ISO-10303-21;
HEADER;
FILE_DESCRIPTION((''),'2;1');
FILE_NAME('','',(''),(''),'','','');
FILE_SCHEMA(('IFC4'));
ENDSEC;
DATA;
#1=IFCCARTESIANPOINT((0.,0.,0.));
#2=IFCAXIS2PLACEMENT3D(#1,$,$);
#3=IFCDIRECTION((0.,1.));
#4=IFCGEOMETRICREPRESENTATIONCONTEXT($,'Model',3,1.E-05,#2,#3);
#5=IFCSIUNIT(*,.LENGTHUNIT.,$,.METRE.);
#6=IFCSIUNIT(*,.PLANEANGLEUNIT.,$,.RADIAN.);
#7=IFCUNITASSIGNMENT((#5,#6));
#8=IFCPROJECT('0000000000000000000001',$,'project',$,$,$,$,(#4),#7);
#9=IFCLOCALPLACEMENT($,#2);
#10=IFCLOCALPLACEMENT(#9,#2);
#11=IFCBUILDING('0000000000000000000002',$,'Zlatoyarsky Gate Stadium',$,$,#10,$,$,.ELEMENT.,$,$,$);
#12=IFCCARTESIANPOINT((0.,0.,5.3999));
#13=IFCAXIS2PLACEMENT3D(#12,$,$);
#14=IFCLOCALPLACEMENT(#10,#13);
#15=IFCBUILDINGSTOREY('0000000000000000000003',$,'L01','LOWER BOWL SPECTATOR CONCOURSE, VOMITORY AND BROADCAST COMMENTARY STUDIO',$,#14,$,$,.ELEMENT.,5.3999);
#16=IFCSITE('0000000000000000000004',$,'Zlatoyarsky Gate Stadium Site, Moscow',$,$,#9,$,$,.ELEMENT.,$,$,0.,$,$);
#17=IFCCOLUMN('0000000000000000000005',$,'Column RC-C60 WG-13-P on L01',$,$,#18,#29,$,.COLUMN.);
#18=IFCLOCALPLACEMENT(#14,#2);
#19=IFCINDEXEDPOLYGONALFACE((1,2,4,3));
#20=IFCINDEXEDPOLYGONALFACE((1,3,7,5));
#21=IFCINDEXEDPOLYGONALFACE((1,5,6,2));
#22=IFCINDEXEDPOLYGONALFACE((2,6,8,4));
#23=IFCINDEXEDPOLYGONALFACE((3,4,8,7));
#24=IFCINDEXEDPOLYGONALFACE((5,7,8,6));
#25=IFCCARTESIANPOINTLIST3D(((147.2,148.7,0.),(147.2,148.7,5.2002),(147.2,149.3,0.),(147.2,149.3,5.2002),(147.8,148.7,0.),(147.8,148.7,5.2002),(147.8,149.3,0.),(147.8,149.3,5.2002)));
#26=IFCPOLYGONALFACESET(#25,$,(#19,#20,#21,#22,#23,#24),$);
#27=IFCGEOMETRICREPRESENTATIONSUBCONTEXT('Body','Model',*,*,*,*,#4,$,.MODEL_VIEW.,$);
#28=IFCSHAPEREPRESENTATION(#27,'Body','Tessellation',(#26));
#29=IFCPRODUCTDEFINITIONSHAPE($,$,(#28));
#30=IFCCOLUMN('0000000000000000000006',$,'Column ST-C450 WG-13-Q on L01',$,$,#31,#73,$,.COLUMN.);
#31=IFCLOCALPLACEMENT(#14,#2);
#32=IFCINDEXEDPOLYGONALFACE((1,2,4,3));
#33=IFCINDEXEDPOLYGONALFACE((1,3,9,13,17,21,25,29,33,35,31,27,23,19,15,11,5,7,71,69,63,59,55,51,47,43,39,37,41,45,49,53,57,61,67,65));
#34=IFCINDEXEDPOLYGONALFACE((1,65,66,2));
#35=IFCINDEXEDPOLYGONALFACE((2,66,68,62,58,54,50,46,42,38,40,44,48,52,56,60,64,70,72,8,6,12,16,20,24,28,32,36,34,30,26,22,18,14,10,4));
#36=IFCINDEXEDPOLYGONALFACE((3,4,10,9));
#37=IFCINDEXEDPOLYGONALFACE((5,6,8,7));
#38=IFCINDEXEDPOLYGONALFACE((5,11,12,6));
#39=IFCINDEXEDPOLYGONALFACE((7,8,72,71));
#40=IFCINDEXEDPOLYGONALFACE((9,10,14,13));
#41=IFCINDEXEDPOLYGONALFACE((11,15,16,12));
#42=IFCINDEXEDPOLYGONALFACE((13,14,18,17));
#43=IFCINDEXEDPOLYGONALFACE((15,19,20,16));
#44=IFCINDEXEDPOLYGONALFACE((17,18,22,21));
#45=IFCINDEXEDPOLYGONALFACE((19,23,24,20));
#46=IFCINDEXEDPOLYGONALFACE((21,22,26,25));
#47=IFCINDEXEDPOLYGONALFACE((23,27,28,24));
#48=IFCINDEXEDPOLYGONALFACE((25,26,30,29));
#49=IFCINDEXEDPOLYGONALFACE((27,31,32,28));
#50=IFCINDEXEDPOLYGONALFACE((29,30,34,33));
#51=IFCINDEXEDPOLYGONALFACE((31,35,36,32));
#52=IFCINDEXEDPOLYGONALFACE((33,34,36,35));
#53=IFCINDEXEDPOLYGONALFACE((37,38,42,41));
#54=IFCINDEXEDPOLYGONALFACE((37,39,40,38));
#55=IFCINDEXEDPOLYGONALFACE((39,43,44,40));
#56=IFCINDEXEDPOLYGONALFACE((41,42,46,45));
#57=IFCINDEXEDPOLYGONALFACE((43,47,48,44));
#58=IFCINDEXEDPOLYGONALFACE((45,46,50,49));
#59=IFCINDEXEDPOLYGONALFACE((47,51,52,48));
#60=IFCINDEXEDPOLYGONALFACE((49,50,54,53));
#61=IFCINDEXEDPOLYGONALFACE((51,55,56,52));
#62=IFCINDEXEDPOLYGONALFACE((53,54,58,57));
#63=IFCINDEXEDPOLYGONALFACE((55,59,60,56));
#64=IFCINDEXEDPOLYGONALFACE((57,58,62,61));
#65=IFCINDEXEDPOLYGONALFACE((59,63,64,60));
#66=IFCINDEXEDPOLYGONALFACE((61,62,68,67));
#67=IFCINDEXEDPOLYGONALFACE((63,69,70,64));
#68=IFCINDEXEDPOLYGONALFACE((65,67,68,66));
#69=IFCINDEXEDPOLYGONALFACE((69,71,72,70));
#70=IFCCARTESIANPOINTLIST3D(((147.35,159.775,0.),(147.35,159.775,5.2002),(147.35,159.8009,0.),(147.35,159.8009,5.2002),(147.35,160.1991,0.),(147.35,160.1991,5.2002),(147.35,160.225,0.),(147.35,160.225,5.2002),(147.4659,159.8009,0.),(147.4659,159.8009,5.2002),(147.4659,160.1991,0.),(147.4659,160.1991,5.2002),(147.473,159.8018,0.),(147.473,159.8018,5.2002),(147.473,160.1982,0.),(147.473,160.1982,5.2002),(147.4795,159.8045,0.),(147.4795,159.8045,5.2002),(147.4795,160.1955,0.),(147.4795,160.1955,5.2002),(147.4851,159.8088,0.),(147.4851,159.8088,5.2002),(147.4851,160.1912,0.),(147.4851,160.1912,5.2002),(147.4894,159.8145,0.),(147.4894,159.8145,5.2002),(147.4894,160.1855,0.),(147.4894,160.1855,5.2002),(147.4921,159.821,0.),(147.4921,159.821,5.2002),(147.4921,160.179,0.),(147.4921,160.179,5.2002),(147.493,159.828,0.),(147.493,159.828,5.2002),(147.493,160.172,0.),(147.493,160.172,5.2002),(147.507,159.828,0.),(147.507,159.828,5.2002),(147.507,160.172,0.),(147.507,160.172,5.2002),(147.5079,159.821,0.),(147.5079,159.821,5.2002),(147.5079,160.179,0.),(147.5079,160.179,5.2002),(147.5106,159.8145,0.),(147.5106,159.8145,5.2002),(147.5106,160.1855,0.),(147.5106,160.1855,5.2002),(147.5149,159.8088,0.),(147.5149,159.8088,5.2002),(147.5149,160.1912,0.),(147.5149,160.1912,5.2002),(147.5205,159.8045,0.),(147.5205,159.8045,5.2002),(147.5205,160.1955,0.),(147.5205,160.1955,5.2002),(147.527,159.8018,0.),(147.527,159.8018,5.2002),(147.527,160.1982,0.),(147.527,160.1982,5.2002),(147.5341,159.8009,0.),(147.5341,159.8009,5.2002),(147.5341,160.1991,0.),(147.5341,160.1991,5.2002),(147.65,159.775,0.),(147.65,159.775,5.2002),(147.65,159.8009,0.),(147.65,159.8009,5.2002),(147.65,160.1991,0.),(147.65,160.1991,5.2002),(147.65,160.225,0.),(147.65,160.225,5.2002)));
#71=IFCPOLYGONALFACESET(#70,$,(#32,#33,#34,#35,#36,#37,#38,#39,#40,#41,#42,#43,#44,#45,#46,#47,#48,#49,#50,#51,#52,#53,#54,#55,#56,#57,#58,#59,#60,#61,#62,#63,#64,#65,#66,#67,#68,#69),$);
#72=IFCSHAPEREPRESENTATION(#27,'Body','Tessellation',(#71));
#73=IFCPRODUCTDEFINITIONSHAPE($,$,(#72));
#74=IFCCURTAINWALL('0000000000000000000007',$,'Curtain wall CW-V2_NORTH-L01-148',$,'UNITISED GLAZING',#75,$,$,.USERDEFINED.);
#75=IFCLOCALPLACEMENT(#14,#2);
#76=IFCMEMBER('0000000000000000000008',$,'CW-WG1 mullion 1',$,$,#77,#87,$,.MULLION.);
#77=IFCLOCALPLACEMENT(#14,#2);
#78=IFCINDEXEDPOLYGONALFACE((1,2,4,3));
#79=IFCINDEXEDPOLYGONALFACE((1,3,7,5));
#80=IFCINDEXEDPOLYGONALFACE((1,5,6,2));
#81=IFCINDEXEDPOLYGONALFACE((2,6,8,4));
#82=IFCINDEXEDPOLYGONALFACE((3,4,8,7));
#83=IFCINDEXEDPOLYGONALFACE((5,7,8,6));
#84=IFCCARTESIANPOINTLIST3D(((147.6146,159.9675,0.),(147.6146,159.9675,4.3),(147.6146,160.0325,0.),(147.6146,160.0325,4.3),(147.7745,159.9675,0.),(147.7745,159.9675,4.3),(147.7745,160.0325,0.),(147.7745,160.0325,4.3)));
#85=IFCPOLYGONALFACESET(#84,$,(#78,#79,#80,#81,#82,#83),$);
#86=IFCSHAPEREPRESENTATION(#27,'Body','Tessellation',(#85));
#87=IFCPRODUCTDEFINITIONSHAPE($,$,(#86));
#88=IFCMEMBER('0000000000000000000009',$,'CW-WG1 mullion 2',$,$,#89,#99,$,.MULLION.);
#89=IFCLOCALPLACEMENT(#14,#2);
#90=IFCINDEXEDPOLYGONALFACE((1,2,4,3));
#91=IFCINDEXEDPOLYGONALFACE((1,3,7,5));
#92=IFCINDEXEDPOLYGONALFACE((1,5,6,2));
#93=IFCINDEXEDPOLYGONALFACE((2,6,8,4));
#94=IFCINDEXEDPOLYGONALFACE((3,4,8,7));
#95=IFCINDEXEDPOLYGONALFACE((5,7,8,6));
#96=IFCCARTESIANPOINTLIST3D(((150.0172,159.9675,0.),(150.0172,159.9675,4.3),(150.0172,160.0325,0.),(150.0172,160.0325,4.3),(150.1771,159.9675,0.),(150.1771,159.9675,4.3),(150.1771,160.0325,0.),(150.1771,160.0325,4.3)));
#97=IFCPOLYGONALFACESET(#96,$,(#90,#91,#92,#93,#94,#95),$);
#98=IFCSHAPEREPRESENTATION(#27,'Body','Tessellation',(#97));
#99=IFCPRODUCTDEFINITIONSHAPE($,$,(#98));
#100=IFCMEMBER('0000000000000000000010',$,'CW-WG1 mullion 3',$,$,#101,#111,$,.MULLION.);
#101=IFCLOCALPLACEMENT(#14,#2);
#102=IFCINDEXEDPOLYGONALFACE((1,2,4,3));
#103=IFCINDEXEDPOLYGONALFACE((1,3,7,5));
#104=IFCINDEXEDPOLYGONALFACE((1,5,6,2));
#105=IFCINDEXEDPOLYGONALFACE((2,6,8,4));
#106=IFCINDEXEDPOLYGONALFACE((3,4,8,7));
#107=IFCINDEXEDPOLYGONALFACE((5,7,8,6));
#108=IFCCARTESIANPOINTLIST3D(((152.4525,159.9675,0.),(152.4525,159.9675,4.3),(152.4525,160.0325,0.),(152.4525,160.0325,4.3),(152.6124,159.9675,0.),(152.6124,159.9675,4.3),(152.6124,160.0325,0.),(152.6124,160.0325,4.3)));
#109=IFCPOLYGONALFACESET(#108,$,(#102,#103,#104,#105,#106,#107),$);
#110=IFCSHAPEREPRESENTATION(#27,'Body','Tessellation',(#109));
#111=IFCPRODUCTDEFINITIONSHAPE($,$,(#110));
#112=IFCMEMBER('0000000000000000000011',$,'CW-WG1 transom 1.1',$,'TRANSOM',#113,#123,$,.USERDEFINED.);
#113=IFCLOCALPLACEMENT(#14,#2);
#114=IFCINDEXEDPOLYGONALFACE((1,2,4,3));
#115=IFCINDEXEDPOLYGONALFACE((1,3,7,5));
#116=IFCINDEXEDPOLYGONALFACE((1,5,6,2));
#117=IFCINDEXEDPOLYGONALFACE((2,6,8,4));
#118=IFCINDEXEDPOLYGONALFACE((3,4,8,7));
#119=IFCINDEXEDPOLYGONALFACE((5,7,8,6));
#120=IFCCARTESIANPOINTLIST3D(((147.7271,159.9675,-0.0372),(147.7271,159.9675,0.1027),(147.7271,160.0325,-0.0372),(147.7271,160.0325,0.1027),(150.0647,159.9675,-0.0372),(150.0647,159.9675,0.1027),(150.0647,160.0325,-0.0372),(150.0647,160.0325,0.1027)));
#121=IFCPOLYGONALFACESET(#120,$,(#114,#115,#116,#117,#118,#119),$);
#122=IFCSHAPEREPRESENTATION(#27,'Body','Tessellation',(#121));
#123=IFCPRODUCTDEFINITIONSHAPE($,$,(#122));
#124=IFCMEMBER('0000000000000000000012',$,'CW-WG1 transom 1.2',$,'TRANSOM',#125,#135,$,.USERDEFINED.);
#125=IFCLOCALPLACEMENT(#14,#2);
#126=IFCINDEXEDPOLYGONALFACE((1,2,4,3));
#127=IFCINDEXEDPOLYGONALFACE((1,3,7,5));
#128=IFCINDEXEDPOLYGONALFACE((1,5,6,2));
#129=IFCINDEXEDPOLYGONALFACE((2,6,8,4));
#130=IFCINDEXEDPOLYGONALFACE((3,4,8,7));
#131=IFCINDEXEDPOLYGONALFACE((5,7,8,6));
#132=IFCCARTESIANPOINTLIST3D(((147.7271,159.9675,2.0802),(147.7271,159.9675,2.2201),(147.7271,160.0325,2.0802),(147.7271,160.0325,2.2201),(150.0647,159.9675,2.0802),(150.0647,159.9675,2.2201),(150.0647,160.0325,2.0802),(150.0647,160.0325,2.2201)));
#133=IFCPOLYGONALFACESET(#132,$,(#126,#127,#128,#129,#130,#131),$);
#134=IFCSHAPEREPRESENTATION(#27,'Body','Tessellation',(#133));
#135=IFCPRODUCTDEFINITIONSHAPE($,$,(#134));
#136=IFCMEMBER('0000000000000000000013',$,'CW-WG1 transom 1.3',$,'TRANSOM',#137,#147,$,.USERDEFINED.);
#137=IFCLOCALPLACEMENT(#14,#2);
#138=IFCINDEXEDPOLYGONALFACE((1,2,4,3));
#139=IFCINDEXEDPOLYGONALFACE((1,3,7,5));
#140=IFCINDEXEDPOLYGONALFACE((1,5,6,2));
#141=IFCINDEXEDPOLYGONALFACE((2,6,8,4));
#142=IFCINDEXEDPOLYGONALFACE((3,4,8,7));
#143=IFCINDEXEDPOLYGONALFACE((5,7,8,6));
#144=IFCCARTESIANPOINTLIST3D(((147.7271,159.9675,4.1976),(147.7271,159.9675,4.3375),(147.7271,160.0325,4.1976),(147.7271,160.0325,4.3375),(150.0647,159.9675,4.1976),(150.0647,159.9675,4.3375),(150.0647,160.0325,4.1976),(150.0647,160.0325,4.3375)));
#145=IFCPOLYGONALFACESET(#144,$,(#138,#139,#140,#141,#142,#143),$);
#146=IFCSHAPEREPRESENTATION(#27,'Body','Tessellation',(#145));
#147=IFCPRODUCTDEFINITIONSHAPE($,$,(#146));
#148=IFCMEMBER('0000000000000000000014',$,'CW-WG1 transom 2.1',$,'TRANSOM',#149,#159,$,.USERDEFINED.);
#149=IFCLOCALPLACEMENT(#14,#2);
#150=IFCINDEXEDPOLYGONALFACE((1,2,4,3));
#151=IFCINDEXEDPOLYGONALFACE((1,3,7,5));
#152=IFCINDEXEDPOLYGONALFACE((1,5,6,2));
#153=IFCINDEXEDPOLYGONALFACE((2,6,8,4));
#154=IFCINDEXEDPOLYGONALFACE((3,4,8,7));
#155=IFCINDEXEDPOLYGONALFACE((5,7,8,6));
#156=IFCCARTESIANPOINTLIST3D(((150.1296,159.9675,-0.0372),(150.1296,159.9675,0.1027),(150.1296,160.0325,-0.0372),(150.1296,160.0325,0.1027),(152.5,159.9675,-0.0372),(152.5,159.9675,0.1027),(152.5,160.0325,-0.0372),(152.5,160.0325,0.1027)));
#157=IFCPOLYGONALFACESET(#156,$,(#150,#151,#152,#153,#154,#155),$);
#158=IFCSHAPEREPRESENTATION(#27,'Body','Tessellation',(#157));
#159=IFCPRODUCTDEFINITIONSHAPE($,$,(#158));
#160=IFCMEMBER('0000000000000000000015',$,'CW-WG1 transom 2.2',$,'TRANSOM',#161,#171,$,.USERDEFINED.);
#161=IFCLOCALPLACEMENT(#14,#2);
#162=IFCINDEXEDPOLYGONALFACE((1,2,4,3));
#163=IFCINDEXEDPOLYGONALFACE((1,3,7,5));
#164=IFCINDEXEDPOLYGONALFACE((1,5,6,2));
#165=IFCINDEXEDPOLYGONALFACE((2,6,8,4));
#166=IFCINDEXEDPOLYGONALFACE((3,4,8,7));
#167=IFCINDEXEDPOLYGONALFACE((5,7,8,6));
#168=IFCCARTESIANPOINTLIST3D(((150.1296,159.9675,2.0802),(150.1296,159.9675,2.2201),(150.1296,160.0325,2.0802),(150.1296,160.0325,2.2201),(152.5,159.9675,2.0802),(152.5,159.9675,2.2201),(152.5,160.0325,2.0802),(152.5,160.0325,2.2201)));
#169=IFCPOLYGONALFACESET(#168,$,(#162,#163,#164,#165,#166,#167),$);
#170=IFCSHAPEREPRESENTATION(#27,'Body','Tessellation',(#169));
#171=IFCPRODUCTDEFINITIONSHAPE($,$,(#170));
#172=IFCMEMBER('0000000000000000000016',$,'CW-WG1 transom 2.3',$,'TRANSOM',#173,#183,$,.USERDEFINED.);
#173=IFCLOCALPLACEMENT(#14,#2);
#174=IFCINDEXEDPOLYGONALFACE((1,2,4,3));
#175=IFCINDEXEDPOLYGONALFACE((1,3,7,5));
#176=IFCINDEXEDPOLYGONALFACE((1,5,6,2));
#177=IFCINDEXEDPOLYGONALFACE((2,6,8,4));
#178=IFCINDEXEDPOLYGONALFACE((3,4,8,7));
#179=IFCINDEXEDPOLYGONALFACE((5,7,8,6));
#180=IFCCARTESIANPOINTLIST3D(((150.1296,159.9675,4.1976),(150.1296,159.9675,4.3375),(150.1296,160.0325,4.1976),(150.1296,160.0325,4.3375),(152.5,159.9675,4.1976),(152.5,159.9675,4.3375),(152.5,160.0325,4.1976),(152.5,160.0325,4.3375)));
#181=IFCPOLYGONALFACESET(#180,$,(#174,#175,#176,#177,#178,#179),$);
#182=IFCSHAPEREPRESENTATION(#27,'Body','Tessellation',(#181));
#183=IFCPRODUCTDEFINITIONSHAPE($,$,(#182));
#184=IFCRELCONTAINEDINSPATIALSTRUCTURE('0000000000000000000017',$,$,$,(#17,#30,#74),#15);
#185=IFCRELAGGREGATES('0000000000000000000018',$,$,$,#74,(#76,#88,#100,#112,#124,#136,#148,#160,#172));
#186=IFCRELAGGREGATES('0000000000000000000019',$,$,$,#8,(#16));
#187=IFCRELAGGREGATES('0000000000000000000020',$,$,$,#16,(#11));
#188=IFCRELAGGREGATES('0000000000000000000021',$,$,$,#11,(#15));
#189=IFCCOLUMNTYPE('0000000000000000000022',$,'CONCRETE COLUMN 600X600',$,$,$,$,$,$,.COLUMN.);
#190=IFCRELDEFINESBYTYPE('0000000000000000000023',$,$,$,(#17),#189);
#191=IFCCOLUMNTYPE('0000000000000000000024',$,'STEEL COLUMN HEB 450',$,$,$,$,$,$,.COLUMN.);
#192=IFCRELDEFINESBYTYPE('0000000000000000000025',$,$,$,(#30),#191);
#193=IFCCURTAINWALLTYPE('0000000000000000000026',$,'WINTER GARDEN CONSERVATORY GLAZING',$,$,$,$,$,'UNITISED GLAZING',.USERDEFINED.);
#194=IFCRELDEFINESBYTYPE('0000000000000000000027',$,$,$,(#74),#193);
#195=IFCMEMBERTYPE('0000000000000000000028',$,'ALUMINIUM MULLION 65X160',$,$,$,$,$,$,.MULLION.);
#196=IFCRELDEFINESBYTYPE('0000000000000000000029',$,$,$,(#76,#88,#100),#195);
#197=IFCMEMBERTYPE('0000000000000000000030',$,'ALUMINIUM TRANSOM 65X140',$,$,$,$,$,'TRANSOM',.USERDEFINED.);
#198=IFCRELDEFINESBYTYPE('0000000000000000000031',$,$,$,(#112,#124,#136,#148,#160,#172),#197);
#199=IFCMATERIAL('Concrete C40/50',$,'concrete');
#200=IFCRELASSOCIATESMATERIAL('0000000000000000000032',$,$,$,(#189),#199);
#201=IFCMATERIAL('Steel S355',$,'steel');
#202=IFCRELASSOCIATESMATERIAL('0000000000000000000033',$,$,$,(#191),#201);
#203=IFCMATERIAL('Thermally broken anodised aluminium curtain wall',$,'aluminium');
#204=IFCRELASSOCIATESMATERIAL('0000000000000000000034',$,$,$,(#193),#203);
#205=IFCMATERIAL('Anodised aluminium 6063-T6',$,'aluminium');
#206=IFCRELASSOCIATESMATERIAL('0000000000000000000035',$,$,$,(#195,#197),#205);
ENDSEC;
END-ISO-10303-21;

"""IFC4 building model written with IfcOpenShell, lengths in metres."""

from ifc_helpers import new_model, si_unit, direction, frame, origin, origin_2d, place, context, subcontext, project, spatial, rectangle, i_section, extrude, material, material_profile, profile_set, type_object, element, aggregate, save


model = new_model("IFC4")

# Units and contexts
model_context = context("Model", 3, precision=1e-05, world=origin(), true_north=direction((0.0, 1.0)))
body_context = subcontext(model_context, "Body", "Model", "MODEL_VIEW")
ifc_project = project(units=[si_unit("LENGTHUNIT", "METRE"), si_unit("PLANEANGLEUNIT", "RADIAN")], contexts=[model_context])

# Site, building, storey
site_placement = place(None, origin())
site = spatial("IfcSite", under=ifc_project, at=site_placement, Name="Zlatoyarsky Gate Stadium Site, Moscow", CompositionType="ELEMENT", RefElevation=0.0)
building_placement = place(site_placement, origin())
building = spatial("IfcBuilding", under=site, at=building_placement, Name="Zlatoyarsky Gate Stadium", CompositionType="ELEMENT")
storey_placement = place(building_placement, frame((0.0, 0.0, 5.3999)))
storey = spatial("IfcBuildingStorey", under=building, at=storey_placement, Name="L01", Description="LOWER BOWL SPECTATOR CONCOURSE, VOMITORY AND BROADCAST COMMENTARY STUDIO", CompositionType="ELEMENT", Elevation=5.3999)

# Columns
ifc_material_1 = material(Name="Concrete C40/50", Category="concrete")
ifc_material_profile_1 = material_profile(ifc_material_1, rectangle(XDim=0.6001, YDim=0.6001, at=origin_2d()), Name="RC COL 600X600")
ifc_profile_set_1 = profile_set([ifc_material_profile_1], Name="Concrete C40/50")
column_type_1 = type_object("IfcColumnType", Name="CONCRETE COLUMN 600X600", PredefinedType="COLUMN", material=ifc_profile_set_1)
column_1_placement = place(storey_placement, frame((147.5, 149.0, 0.0), z_axis=(0.0, 0.0, 1.0), x_axis=(1.0, 0.0, 0.0)))
element("IfcColumn", 1, at=column_1_placement, inside=storey, type_object=column_type_1, Name="Column RC-C60 WG-13-P on L01", PredefinedType="COLUMN", context=body_context, shape_type="SweptSolid", body=[
    extrude(rectangle(XDim=0.6001, YDim=0.6001, at=origin_2d()), origin(), (0.0, 0.0, 1.0), 5.2002),
])
ifc_material_2 = material(Name="Steel S355", Category="steel")
ifc_material_profile_2 = material_profile(ifc_material_2, i_section(OverallWidth=0.3, OverallDepth=0.45, WebThickness=0.0139, FlangeThickness=0.0259, FilletRadius=0.0271, at=origin_2d()), Name="HEB 450")
ifc_profile_set_2 = profile_set([ifc_material_profile_2], Name="Steel S355")
column_type_2 = type_object("IfcColumnType", Name="STEEL COLUMN HEB 450", PredefinedType="COLUMN", material=ifc_profile_set_2)
column_2_placement = place(storey_placement, frame((147.5, 160.0, 0.0), z_axis=(0.0, 0.0, 1.0), x_axis=(1.0, 0.0, 0.0)))
element("IfcColumn", 2, at=column_2_placement, inside=storey, type_object=column_type_2, Name="Column ST-C450 WG-13-Q on L01", PredefinedType="COLUMN", context=body_context, shape_type="SweptSolid", body=[
    extrude(i_section(OverallWidth=0.3, OverallDepth=0.45, WebThickness=0.0139, FlangeThickness=0.0259, FilletRadius=0.0271, at=origin_2d()), origin(), (0.0, 0.0, 1.0), 5.2002),
])

# Curtain wall, members
ifc_material_3 = material(Name="Thermally broken anodised aluminium curtain wall", Category="aluminium")
curtain_wall_type_1 = type_object("IfcCurtainWallType", Name="WINTER GARDEN CONSERVATORY GLAZING", ElementType="UNITISED GLAZING", PredefinedType="USERDEFINED", material=ifc_material_3)
curtain_wall_1_placement = place(storey_placement, origin())
curtain_wall_1 = element("IfcCurtainWall", 3, at=curtain_wall_1_placement, inside=storey, type_object=curtain_wall_type_1, Name="Curtain wall CW-V2_NORTH-L01-148", ObjectType="UNITISED GLAZING", PredefinedType="USERDEFINED")
ifc_material_4 = material(Name="Anodised aluminium 6063-T6", Category="aluminium")
ifc_material_profile_3 = material_profile(ifc_material_4, rectangle(XDim=0.0649, YDim=0.1599, at=origin_2d()), Name="ALU 65X160")
ifc_profile_set_3 = profile_set([ifc_material_profile_3], Name="Anodised aluminium 6063-T6")
member_type_1 = type_object("IfcMemberType", Name="ALUMINIUM MULLION 65X160", PredefinedType="MULLION", material=ifc_profile_set_3)
member_1_placement = place(storey_placement, frame((147.6946, 160.0, 0.0), z_axis=(0.0, 0.0, 1.0), x_axis=(0.0, 1.0, 0.0)))
member_1 = element("IfcMember", 4, at=member_1_placement, type_object=member_type_1, Name="CW-WG1 mullion 1", PredefinedType="MULLION", context=body_context, shape_type="SweptSolid", body=[
    extrude(rectangle(XDim=0.0649, YDim=0.1599, at=origin_2d()), origin(), (0.0, 0.0, 1.0), 4.3),
])
member_2_placement = place(storey_placement, frame((150.0972, 160.0, 0.0), z_axis=(0.0, 0.0, 1.0), x_axis=(0.0, 1.0, 0.0)))
member_2 = element("IfcMember", 5, at=member_2_placement, type_object=member_type_1, Name="CW-WG1 mullion 2", PredefinedType="MULLION", context=body_context, shape_type="SweptSolid", body=[
    extrude(rectangle(XDim=0.0649, YDim=0.1599, at=origin_2d()), origin(), (0.0, 0.0, 1.0), 4.3),
])
member_3_placement = place(storey_placement, frame((152.5325, 160.0, 0.0), z_axis=(0.0, 0.0, 1.0), x_axis=(0.0, 1.0, 0.0)))
member_3 = element("IfcMember", 6, at=member_3_placement, type_object=member_type_1, Name="CW-WG1 mullion 3", PredefinedType="MULLION", context=body_context, shape_type="SweptSolid", body=[
    extrude(rectangle(XDim=0.0649, YDim=0.1599, at=origin_2d()), origin(), (0.0, 0.0, 1.0), 4.3),
])
ifc_material_profile_4 = material_profile(ifc_material_4, rectangle(XDim=0.0649, YDim=0.1399, at=origin_2d()), Name="ALU 65X140")
ifc_profile_set_4 = profile_set([ifc_material_profile_4], Name="Anodised aluminium 6063-T6")
member_type_2 = type_object("IfcMemberType", Name="ALUMINIUM TRANSOM 65X140", ElementType="TRANSOM", PredefinedType="USERDEFINED", material=ifc_profile_set_4)
member_4_placement = place(storey_placement, frame((147.7271, 160.0, 0.0327), z_axis=(1.0, 0.0, 0.0), x_axis=(0.0, 1.0, 0.0)))
member_4 = element("IfcMember", 7, at=member_4_placement, type_object=member_type_2, Name="CW-WG1 transom 1.1", ObjectType="TRANSOM", PredefinedType="USERDEFINED", context=body_context, shape_type="SweptSolid", body=[
    extrude(rectangle(XDim=0.0649, YDim=0.1399, at=origin_2d()), origin(), (0.0, 0.0, 1.0), 2.3376),
])
member_5_placement = place(storey_placement, frame((147.7271, 160.0, 2.1501), z_axis=(1.0, 0.0, 0.0), x_axis=(0.0, 1.0, 0.0)))
member_5 = element("IfcMember", 8, at=member_5_placement, type_object=member_type_2, Name="CW-WG1 transom 1.2", ObjectType="TRANSOM", PredefinedType="USERDEFINED", context=body_context, shape_type="SweptSolid", body=[
    extrude(rectangle(XDim=0.0649, YDim=0.1399, at=origin_2d()), origin(), (0.0, 0.0, 1.0), 2.3376),
])
member_6_placement = place(storey_placement, frame((147.7271, 160.0, 4.2676), z_axis=(1.0, 0.0, 0.0), x_axis=(0.0, 1.0, 0.0)))
member_6 = element("IfcMember", 9, at=member_6_placement, type_object=member_type_2, Name="CW-WG1 transom 1.3", ObjectType="TRANSOM", PredefinedType="USERDEFINED", context=body_context, shape_type="SweptSolid", body=[
    extrude(rectangle(XDim=0.0649, YDim=0.1399, at=origin_2d()), origin(), (0.0, 0.0, 1.0), 2.3376),
])
member_7_placement = place(storey_placement, frame((150.1296, 160.0, 0.0327), z_axis=(1.0, 0.0, 0.0), x_axis=(0.0, 1.0, 0.0)))
member_7 = element("IfcMember", 10, at=member_7_placement, type_object=member_type_2, Name="CW-WG1 transom 2.1", ObjectType="TRANSOM", PredefinedType="USERDEFINED", context=body_context, shape_type="SweptSolid", body=[
    extrude(rectangle(XDim=0.0649, YDim=0.1399, at=origin_2d()), origin(), (0.0, 0.0, 1.0), 2.3704),
])
member_8_placement = place(storey_placement, frame((150.1296, 160.0, 2.1501), z_axis=(1.0, 0.0, 0.0), x_axis=(0.0, 1.0, 0.0)))
member_8 = element("IfcMember", 11, at=member_8_placement, type_object=member_type_2, Name="CW-WG1 transom 2.2", ObjectType="TRANSOM", PredefinedType="USERDEFINED", context=body_context, shape_type="SweptSolid", body=[
    extrude(rectangle(XDim=0.0649, YDim=0.1399, at=origin_2d()), origin(), (0.0, 0.0, 1.0), 2.3704),
])
member_9_placement = place(storey_placement, frame((150.1296, 160.0, 4.2676), z_axis=(1.0, 0.0, 0.0), x_axis=(0.0, 1.0, 0.0)))
member_9 = element("IfcMember", 12, at=member_9_placement, type_object=member_type_2, Name="CW-WG1 transom 2.3", ObjectType="TRANSOM", PredefinedType="USERDEFINED", context=body_context, shape_type="SweptSolid", body=[
    extrude(rectangle(XDim=0.0649, YDim=0.1399, at=origin_2d()), origin(), (0.0, 0.0, 1.0), 2.3704),
])

aggregate(curtain_wall_1, [member_1, member_2, member_3, member_4, member_5, member_6, member_7, member_8, member_9])

save(model, "model.ifc")
